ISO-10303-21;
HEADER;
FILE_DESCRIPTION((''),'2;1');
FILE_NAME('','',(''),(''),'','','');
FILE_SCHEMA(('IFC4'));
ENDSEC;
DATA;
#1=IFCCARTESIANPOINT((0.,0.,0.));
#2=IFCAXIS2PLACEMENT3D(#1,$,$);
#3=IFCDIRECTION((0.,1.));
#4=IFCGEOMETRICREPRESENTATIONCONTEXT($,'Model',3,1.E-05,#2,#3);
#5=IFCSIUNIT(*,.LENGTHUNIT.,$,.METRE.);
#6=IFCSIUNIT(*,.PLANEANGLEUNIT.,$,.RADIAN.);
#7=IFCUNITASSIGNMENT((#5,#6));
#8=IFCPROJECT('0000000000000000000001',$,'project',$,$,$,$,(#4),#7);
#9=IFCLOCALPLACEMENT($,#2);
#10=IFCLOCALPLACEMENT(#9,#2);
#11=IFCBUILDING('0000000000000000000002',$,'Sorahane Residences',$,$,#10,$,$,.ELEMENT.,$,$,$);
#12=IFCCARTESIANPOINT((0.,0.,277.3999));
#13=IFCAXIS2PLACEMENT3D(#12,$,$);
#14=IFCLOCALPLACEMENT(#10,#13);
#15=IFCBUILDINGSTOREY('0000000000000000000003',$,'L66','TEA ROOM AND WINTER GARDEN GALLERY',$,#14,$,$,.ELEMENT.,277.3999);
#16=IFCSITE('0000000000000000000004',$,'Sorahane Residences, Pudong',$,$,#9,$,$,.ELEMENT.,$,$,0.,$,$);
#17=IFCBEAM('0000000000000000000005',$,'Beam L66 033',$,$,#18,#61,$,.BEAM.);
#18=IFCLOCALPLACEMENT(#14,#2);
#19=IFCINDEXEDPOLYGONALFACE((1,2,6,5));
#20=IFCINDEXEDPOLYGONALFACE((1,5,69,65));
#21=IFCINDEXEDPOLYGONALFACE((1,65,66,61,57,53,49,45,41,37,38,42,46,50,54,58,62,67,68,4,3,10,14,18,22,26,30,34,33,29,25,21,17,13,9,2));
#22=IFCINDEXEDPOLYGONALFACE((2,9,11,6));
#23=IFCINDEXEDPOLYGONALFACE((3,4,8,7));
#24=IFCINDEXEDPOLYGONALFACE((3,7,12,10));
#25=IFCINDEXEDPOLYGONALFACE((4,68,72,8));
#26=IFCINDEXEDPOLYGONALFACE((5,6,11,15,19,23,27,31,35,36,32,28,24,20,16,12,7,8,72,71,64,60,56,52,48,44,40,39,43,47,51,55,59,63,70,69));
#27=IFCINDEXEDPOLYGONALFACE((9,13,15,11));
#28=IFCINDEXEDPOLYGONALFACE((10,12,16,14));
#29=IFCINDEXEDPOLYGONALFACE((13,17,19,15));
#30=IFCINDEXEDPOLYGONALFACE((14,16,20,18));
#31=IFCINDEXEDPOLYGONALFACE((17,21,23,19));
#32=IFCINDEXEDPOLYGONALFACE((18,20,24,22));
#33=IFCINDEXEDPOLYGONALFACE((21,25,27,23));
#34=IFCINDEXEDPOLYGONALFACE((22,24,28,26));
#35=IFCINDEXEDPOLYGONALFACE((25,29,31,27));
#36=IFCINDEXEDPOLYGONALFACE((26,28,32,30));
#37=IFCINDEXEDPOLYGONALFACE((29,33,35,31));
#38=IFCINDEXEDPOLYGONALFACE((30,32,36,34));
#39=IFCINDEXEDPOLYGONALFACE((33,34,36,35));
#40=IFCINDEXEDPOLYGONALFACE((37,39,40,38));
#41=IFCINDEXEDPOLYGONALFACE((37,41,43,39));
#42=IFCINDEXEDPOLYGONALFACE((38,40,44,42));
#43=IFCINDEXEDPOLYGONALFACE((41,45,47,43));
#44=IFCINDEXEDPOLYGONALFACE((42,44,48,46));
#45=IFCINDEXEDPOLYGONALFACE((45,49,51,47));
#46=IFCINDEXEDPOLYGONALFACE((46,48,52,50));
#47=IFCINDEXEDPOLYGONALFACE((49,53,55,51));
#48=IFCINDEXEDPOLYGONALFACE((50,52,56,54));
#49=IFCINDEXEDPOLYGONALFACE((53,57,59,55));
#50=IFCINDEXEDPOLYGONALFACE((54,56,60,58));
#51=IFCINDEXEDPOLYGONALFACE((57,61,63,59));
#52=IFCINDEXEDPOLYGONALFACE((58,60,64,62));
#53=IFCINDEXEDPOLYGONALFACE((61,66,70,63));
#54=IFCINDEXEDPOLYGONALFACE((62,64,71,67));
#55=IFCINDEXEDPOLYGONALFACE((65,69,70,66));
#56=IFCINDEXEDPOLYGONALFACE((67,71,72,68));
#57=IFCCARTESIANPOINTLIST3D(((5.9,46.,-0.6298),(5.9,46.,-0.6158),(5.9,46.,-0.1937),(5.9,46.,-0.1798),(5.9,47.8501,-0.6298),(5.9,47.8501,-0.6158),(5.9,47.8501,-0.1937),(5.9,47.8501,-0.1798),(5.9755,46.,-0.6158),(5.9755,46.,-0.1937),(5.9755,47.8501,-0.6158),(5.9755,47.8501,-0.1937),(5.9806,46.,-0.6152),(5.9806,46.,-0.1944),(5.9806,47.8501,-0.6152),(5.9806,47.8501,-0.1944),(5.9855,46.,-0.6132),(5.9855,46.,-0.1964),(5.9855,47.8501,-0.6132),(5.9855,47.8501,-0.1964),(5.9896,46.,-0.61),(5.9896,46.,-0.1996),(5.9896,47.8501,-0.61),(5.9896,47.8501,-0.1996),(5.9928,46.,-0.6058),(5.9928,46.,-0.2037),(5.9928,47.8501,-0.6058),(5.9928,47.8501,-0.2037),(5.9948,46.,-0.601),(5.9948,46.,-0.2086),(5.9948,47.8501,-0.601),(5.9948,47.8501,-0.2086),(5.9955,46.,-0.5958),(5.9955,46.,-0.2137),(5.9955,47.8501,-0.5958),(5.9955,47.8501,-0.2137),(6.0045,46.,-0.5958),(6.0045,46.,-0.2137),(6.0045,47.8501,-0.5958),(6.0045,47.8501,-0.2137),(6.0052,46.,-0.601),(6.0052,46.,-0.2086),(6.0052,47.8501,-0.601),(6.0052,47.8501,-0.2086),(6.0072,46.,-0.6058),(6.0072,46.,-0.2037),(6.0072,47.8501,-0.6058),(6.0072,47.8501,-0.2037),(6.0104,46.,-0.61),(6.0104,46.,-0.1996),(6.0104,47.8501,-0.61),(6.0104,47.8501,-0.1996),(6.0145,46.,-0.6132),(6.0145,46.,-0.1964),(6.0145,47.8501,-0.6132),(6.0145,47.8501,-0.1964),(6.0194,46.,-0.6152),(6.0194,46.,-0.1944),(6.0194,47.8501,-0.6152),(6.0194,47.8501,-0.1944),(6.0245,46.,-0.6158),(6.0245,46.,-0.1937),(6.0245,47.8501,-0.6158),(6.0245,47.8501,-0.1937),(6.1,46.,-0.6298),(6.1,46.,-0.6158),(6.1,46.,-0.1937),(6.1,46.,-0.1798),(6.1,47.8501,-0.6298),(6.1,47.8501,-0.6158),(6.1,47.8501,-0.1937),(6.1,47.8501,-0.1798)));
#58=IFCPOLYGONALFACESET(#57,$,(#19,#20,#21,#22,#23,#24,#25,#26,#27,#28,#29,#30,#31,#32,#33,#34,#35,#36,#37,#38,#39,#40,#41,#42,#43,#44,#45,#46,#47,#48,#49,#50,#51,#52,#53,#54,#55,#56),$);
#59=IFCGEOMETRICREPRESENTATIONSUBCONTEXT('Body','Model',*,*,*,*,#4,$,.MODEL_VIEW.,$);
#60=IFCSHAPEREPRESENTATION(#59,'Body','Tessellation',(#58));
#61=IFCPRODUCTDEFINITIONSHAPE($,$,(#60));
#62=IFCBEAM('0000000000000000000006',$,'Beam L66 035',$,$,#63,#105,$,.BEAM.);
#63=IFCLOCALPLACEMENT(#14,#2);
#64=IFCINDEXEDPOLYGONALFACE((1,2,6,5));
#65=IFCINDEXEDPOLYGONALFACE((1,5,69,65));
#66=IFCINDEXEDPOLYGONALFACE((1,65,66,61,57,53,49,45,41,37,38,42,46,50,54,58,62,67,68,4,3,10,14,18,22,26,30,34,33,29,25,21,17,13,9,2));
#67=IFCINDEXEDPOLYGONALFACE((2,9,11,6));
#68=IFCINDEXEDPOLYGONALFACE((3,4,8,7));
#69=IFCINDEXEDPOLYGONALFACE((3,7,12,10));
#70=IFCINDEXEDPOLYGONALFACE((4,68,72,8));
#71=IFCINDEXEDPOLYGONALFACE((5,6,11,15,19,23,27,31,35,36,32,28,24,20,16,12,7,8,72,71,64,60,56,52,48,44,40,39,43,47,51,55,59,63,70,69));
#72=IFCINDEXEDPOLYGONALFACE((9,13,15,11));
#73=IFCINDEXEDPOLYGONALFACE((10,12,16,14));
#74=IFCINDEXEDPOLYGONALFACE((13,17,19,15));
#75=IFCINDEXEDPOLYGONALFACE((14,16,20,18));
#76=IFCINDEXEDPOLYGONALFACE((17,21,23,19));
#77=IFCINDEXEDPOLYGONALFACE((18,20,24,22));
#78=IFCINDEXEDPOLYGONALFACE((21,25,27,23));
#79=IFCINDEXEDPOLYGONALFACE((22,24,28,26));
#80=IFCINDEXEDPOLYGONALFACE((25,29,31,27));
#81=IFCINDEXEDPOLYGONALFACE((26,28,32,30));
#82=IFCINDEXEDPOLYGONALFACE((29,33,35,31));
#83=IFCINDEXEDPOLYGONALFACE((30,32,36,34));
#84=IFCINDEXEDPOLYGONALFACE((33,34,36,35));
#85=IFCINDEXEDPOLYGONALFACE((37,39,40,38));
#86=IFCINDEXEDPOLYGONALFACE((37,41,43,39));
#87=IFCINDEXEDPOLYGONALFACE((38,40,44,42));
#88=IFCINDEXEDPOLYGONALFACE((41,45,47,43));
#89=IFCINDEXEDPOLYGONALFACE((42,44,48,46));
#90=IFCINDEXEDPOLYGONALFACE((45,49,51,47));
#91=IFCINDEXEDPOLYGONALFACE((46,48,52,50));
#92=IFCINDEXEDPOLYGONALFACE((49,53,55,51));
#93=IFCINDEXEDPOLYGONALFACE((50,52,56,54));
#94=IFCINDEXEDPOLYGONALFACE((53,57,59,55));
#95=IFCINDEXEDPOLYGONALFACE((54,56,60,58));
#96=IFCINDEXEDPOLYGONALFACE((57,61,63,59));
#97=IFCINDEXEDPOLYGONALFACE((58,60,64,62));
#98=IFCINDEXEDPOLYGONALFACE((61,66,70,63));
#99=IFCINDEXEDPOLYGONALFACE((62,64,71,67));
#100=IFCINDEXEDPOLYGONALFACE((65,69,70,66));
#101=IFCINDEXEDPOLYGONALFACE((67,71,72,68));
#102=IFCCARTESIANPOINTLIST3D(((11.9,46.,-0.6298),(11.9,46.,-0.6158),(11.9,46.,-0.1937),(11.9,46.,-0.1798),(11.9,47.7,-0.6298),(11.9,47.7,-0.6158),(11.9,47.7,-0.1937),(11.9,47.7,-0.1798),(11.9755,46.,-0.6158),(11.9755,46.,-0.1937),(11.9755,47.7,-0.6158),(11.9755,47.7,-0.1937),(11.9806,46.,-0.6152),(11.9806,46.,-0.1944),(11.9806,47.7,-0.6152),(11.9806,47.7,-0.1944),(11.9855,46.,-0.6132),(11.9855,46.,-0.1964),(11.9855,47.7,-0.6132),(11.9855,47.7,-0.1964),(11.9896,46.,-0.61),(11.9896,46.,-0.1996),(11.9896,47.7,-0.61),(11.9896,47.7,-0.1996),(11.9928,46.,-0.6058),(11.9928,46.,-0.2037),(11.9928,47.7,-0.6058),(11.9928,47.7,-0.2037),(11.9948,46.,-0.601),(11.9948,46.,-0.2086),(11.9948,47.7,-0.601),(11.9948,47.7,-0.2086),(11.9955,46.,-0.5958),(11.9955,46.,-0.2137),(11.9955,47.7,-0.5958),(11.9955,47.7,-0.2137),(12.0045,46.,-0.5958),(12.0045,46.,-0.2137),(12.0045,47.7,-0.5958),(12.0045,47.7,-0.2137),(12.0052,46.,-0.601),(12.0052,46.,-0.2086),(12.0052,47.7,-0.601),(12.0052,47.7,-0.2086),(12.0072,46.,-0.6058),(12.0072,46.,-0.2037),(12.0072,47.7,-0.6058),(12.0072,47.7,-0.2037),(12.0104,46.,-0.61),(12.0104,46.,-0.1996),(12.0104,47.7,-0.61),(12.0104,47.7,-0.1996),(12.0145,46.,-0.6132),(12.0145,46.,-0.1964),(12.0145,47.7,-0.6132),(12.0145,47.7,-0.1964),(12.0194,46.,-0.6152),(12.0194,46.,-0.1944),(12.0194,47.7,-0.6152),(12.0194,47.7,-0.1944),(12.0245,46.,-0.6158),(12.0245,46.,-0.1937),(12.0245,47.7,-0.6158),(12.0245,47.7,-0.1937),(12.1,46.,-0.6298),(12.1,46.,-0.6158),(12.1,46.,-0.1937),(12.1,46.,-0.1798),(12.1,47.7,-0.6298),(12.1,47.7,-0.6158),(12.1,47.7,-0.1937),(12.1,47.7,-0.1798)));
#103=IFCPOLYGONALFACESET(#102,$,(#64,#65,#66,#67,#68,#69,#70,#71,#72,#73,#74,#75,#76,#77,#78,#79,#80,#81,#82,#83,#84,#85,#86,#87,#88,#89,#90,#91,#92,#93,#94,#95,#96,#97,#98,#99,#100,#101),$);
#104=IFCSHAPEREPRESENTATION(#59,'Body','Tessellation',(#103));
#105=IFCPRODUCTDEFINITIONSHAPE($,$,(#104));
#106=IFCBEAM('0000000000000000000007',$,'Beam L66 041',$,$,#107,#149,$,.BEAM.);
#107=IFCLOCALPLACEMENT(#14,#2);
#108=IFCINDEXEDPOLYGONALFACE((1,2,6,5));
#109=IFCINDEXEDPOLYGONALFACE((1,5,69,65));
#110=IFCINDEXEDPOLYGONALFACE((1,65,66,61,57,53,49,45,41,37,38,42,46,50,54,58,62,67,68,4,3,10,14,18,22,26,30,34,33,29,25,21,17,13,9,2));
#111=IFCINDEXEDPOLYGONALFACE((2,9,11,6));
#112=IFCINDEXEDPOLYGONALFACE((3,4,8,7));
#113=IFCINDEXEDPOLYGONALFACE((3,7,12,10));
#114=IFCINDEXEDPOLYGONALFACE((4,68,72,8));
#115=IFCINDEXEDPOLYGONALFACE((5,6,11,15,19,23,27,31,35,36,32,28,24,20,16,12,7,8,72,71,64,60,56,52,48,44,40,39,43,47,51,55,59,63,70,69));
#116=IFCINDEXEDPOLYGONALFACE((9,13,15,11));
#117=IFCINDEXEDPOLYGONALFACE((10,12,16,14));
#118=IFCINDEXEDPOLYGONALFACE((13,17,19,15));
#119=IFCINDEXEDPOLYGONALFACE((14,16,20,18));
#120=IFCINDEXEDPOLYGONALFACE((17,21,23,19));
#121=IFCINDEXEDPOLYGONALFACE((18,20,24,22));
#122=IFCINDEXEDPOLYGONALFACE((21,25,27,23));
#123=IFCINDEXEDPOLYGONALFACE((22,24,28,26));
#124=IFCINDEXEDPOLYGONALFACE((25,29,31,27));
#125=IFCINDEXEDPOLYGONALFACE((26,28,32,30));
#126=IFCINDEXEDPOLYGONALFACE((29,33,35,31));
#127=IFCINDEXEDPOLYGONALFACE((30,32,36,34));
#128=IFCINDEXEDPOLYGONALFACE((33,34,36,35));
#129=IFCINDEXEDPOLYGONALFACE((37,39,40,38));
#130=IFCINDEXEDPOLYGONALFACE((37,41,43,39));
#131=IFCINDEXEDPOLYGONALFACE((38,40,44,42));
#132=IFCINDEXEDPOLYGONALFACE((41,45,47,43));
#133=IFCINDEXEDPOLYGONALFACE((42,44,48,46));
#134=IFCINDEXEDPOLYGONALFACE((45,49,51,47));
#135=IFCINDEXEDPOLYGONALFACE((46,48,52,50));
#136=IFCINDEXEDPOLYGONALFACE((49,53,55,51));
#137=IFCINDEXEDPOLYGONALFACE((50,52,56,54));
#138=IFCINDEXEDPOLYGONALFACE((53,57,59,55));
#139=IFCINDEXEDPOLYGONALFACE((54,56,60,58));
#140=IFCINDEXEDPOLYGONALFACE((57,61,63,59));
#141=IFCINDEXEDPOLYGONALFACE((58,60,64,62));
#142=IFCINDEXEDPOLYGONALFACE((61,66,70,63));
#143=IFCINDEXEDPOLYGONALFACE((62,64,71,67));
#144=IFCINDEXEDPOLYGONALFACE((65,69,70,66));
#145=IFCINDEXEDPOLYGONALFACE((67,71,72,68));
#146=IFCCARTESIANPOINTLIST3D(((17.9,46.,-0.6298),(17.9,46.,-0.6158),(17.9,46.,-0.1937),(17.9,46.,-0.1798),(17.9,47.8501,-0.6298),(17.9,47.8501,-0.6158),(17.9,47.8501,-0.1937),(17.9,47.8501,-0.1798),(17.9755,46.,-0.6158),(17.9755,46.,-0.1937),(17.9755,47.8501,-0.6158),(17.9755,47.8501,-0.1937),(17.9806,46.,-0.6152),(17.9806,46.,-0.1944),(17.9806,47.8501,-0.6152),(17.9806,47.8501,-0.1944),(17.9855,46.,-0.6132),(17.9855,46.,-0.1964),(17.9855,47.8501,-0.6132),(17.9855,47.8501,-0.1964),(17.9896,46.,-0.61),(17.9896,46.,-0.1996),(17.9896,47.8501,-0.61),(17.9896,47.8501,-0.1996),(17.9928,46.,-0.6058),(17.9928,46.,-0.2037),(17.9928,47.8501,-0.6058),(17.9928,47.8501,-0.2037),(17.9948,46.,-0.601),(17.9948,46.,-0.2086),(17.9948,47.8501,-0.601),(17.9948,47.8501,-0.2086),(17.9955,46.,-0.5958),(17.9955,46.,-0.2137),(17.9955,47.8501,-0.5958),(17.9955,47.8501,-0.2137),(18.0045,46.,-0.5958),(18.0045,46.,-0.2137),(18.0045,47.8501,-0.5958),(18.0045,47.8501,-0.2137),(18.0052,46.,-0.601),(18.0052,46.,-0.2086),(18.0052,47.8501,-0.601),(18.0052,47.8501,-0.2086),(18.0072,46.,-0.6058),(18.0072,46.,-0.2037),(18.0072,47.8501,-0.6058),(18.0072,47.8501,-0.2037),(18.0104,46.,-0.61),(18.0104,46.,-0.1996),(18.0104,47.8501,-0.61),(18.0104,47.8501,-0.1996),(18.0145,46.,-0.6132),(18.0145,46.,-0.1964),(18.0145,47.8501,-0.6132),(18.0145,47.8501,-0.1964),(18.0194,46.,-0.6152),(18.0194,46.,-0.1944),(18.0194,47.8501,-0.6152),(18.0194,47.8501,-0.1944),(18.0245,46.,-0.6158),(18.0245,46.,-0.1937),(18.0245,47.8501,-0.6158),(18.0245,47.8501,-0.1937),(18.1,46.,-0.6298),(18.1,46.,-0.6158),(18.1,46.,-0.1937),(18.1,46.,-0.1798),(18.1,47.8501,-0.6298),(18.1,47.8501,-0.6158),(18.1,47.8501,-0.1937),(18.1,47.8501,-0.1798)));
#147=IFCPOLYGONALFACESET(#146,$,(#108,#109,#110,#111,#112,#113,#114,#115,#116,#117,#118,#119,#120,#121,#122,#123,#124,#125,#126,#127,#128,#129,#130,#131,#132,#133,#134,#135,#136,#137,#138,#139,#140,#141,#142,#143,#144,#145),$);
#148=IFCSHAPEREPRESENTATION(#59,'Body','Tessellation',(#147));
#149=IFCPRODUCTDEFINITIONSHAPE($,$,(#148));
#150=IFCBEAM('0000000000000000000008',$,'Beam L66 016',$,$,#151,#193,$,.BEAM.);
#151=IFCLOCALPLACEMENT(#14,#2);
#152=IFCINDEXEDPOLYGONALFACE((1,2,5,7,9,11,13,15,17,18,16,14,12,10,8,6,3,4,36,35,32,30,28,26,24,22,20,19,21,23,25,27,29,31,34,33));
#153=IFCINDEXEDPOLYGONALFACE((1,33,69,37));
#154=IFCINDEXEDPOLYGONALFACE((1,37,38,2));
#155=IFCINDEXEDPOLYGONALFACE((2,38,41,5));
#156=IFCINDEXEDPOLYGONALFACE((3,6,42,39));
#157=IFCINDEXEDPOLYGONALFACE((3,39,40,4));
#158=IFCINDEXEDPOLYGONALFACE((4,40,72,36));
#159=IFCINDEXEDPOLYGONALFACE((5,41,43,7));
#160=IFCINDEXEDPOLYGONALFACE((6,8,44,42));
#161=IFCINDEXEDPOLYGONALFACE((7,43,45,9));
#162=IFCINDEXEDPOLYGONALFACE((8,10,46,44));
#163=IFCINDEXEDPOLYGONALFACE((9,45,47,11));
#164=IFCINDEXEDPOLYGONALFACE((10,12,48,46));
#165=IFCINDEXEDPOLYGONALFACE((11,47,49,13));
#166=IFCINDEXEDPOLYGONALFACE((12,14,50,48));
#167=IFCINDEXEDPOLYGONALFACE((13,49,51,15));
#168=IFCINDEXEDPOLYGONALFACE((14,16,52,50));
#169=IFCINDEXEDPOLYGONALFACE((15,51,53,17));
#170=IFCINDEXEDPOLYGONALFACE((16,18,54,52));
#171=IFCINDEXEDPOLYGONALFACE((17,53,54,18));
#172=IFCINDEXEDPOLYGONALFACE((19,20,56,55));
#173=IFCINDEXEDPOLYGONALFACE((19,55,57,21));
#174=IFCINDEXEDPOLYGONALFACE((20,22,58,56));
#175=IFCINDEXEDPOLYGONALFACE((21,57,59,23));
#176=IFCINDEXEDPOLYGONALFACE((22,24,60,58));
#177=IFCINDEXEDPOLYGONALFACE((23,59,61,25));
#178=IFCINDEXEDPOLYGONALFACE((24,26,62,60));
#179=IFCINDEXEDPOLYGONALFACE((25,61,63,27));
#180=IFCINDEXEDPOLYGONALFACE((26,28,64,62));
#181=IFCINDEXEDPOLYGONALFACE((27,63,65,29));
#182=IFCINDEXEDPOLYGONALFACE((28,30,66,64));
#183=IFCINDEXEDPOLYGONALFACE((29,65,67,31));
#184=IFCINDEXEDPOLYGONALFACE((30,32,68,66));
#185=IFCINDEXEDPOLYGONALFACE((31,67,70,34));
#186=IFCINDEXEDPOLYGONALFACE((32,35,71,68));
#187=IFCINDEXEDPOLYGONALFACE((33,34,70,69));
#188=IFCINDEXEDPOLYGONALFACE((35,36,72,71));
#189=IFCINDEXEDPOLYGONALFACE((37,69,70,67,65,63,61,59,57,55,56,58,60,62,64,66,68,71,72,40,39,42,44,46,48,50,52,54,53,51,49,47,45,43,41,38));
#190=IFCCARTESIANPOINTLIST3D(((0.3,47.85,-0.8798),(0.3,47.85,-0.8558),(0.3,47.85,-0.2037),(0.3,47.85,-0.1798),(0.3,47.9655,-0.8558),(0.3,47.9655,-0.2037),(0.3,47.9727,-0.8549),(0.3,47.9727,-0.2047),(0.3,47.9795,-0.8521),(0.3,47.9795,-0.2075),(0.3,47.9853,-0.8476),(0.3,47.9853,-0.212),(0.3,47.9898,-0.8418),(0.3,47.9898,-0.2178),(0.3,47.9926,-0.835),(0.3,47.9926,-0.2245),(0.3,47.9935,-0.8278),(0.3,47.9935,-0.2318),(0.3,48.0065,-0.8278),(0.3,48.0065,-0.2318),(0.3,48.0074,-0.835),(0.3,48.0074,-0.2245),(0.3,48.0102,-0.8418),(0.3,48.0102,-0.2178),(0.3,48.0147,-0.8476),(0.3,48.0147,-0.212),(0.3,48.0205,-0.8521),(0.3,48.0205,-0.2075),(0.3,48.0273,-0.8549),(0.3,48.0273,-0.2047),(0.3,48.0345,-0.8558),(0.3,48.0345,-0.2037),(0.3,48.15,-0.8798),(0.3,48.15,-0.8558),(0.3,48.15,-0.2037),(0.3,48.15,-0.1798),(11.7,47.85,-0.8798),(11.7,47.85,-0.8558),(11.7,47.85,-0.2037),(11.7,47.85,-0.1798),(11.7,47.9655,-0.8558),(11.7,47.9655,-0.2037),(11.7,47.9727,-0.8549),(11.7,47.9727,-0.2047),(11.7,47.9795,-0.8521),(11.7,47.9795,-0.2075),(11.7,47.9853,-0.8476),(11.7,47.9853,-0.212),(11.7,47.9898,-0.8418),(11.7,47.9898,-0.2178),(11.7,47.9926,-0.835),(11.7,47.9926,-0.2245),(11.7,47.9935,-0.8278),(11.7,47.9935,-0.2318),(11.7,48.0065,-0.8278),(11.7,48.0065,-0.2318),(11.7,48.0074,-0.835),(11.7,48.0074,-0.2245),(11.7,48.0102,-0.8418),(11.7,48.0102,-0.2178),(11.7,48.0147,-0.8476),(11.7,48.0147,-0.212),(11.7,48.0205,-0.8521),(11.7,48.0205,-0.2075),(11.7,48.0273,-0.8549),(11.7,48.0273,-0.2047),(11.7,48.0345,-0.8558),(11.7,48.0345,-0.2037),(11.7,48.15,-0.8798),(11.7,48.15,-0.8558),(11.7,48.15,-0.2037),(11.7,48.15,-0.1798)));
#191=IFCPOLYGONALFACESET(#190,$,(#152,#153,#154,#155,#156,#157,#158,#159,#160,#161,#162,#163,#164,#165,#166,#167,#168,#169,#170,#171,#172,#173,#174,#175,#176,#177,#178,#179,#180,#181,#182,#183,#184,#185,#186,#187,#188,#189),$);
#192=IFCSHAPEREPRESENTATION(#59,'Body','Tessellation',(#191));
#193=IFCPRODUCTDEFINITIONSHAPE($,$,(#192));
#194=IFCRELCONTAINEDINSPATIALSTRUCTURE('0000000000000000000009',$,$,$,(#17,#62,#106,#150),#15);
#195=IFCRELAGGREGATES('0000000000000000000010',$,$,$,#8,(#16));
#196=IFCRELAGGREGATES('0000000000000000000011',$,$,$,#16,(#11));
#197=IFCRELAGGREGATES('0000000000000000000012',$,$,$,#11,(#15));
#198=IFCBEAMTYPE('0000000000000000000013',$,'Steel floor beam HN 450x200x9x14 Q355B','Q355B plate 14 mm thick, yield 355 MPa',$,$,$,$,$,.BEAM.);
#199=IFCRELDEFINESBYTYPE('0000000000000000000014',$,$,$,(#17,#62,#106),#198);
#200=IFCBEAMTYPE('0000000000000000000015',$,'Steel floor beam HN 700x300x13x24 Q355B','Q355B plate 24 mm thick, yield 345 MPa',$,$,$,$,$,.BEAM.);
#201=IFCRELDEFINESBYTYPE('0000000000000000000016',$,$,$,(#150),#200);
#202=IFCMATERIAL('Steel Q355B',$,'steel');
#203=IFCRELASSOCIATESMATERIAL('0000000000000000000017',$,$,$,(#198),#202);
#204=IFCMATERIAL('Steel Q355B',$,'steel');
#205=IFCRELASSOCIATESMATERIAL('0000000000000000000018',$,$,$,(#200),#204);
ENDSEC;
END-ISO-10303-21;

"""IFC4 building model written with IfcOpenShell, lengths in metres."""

from ifc_helpers import new_model, si_unit, direction, frame, origin, origin_2d, place, context, subcontext, project, spatial, i_section, extrude, material, material_profile, profile_set, type_object, element, save


model = new_model("IFC4")

# Units and contexts
model_context = context("Model", 3, precision=1e-05, world=origin(), true_north=direction((0.0, 1.0)))
body_context = subcontext(model_context, "Body", "Model", "MODEL_VIEW")
ifc_project = project(units=[si_unit("LENGTHUNIT", "METRE"), si_unit("PLANEANGLEUNIT", "RADIAN")], contexts=[model_context])

# Site, building, storey
site_placement = place(None, origin())
site = spatial("IfcSite", under=ifc_project, at=site_placement, Name="Sorahane Residences, Pudong", CompositionType="ELEMENT", RefElevation=0.0)
building_placement = place(site_placement, origin())
building = spatial("IfcBuilding", under=site, at=building_placement, Name="Sorahane Residences", CompositionType="ELEMENT")
storey_placement = place(building_placement, frame((0.0, 0.0, 277.3999)))
storey = spatial("IfcBuildingStorey", under=building, at=storey_placement, Name="L66", Description="TEA ROOM AND WINTER GARDEN GALLERY", CompositionType="ELEMENT", Elevation=277.3999)

# Beams
ifc_material_1 = material(Name="Steel Q355B", Category="steel")
ifc_material_profile_1 = material_profile(ifc_material_1, i_section(OverallWidth=0.2, OverallDepth=0.45, WebThickness=0.009, FlangeThickness=0.0139, FilletRadius=0.02, at=origin_2d()), Name="HN 450x200x9x14")
ifc_profile_set_1 = profile_set([ifc_material_profile_1], Name="Steel Q355B")
beam_type_1 = type_object("IfcBeamType", Name="Steel floor beam HN 450x200x9x14 Q355B", Description="Q355B plate 14 mm thick, yield 355 MPa", PredefinedType="BEAM", material=ifc_profile_set_1)
beam_1_placement = place(storey_placement, frame((6.0, 46.0, -0.4048), z_axis=(0.0, 1.0, 0.0), x_axis=(-1.0, 0.0, 0.0)))
element("IfcBeam", 1, at=beam_1_placement, inside=storey, type_object=beam_type_1, Name="Beam L66 033", PredefinedType="BEAM", context=body_context, shape_type="SweptSolid", body=[
    extrude(i_section(OverallWidth=0.2, OverallDepth=0.45, WebThickness=0.009, FlangeThickness=0.0139, FilletRadius=0.02, at=origin_2d()), origin(), (0.0, 0.0, 1.0), 1.8501),
])
beam_2_placement = place(storey_placement, frame((12.0, 46.0, -0.4048), z_axis=(0.0, 1.0, 0.0), x_axis=(-1.0, 0.0, 0.0)))
element("IfcBeam", 2, at=beam_2_placement, inside=storey, type_object=beam_type_1, Name="Beam L66 035", PredefinedType="BEAM", context=body_context, shape_type="SweptSolid", body=[
    extrude(i_section(OverallWidth=0.2, OverallDepth=0.45, WebThickness=0.009, FlangeThickness=0.0139, FilletRadius=0.02, at=origin_2d()), origin(), (0.0, 0.0, 1.0), 1.7),
])
beam_3_placement = place(storey_placement, frame((18.0, 46.0, -0.4048), z_axis=(0.0, 1.0, 0.0), x_axis=(-1.0, 0.0, 0.0)))
element("IfcBeam", 3, at=beam_3_placement, inside=storey, type_object=beam_type_1, Name="Beam L66 041", PredefinedType="BEAM", context=body_context, shape_type="SweptSolid", body=[
    extrude(i_section(OverallWidth=0.2, OverallDepth=0.45, WebThickness=0.009, FlangeThickness=0.0139, FilletRadius=0.02, at=origin_2d()), origin(), (0.0, 0.0, 1.0), 1.8501),
])
ifc_material_2 = material(Name="Steel Q355B", Category="steel")
ifc_material_profile_2 = material_profile(ifc_material_2, i_section(OverallWidth=0.3, OverallDepth=0.7, WebThickness=0.0129, FlangeThickness=0.0239, FilletRadius=0.0281, at=origin_2d()), Name="HN 700x300x13x24")
ifc_profile_set_2 = profile_set([ifc_material_profile_2], Name="Steel Q355B")
beam_type_2 = type_object("IfcBeamType", Name="Steel floor beam HN 700x300x13x24 Q355B", Description="Q355B plate 24 mm thick, yield 345 MPa", PredefinedType="BEAM", material=ifc_profile_set_2)
for number, where, z_axis, x_axis, name in (
    (4, (0.3, 48.0, -0.5298), (1.0, 0.0, 0.0), (0.0, 1.0, 0.0), "Beam L66 016"),
):
    element("IfcBeam", number, at=place(storey_placement, frame(where, z_axis=z_axis, x_axis=x_axis)), inside=storey, type_object=beam_type_2, Name=name, PredefinedType="BEAM", context=body_context, shape_type="SweptSolid", body=[
        extrude(i_section(OverallWidth=0.3, OverallDepth=0.7, WebThickness=0.0129, FlangeThickness=0.0239, FilletRadius=0.0281, at=origin_2d()), origin(), (0.0, 0.0, 1.0), 11.3999),
    ])

save(model, "model.ifc")
